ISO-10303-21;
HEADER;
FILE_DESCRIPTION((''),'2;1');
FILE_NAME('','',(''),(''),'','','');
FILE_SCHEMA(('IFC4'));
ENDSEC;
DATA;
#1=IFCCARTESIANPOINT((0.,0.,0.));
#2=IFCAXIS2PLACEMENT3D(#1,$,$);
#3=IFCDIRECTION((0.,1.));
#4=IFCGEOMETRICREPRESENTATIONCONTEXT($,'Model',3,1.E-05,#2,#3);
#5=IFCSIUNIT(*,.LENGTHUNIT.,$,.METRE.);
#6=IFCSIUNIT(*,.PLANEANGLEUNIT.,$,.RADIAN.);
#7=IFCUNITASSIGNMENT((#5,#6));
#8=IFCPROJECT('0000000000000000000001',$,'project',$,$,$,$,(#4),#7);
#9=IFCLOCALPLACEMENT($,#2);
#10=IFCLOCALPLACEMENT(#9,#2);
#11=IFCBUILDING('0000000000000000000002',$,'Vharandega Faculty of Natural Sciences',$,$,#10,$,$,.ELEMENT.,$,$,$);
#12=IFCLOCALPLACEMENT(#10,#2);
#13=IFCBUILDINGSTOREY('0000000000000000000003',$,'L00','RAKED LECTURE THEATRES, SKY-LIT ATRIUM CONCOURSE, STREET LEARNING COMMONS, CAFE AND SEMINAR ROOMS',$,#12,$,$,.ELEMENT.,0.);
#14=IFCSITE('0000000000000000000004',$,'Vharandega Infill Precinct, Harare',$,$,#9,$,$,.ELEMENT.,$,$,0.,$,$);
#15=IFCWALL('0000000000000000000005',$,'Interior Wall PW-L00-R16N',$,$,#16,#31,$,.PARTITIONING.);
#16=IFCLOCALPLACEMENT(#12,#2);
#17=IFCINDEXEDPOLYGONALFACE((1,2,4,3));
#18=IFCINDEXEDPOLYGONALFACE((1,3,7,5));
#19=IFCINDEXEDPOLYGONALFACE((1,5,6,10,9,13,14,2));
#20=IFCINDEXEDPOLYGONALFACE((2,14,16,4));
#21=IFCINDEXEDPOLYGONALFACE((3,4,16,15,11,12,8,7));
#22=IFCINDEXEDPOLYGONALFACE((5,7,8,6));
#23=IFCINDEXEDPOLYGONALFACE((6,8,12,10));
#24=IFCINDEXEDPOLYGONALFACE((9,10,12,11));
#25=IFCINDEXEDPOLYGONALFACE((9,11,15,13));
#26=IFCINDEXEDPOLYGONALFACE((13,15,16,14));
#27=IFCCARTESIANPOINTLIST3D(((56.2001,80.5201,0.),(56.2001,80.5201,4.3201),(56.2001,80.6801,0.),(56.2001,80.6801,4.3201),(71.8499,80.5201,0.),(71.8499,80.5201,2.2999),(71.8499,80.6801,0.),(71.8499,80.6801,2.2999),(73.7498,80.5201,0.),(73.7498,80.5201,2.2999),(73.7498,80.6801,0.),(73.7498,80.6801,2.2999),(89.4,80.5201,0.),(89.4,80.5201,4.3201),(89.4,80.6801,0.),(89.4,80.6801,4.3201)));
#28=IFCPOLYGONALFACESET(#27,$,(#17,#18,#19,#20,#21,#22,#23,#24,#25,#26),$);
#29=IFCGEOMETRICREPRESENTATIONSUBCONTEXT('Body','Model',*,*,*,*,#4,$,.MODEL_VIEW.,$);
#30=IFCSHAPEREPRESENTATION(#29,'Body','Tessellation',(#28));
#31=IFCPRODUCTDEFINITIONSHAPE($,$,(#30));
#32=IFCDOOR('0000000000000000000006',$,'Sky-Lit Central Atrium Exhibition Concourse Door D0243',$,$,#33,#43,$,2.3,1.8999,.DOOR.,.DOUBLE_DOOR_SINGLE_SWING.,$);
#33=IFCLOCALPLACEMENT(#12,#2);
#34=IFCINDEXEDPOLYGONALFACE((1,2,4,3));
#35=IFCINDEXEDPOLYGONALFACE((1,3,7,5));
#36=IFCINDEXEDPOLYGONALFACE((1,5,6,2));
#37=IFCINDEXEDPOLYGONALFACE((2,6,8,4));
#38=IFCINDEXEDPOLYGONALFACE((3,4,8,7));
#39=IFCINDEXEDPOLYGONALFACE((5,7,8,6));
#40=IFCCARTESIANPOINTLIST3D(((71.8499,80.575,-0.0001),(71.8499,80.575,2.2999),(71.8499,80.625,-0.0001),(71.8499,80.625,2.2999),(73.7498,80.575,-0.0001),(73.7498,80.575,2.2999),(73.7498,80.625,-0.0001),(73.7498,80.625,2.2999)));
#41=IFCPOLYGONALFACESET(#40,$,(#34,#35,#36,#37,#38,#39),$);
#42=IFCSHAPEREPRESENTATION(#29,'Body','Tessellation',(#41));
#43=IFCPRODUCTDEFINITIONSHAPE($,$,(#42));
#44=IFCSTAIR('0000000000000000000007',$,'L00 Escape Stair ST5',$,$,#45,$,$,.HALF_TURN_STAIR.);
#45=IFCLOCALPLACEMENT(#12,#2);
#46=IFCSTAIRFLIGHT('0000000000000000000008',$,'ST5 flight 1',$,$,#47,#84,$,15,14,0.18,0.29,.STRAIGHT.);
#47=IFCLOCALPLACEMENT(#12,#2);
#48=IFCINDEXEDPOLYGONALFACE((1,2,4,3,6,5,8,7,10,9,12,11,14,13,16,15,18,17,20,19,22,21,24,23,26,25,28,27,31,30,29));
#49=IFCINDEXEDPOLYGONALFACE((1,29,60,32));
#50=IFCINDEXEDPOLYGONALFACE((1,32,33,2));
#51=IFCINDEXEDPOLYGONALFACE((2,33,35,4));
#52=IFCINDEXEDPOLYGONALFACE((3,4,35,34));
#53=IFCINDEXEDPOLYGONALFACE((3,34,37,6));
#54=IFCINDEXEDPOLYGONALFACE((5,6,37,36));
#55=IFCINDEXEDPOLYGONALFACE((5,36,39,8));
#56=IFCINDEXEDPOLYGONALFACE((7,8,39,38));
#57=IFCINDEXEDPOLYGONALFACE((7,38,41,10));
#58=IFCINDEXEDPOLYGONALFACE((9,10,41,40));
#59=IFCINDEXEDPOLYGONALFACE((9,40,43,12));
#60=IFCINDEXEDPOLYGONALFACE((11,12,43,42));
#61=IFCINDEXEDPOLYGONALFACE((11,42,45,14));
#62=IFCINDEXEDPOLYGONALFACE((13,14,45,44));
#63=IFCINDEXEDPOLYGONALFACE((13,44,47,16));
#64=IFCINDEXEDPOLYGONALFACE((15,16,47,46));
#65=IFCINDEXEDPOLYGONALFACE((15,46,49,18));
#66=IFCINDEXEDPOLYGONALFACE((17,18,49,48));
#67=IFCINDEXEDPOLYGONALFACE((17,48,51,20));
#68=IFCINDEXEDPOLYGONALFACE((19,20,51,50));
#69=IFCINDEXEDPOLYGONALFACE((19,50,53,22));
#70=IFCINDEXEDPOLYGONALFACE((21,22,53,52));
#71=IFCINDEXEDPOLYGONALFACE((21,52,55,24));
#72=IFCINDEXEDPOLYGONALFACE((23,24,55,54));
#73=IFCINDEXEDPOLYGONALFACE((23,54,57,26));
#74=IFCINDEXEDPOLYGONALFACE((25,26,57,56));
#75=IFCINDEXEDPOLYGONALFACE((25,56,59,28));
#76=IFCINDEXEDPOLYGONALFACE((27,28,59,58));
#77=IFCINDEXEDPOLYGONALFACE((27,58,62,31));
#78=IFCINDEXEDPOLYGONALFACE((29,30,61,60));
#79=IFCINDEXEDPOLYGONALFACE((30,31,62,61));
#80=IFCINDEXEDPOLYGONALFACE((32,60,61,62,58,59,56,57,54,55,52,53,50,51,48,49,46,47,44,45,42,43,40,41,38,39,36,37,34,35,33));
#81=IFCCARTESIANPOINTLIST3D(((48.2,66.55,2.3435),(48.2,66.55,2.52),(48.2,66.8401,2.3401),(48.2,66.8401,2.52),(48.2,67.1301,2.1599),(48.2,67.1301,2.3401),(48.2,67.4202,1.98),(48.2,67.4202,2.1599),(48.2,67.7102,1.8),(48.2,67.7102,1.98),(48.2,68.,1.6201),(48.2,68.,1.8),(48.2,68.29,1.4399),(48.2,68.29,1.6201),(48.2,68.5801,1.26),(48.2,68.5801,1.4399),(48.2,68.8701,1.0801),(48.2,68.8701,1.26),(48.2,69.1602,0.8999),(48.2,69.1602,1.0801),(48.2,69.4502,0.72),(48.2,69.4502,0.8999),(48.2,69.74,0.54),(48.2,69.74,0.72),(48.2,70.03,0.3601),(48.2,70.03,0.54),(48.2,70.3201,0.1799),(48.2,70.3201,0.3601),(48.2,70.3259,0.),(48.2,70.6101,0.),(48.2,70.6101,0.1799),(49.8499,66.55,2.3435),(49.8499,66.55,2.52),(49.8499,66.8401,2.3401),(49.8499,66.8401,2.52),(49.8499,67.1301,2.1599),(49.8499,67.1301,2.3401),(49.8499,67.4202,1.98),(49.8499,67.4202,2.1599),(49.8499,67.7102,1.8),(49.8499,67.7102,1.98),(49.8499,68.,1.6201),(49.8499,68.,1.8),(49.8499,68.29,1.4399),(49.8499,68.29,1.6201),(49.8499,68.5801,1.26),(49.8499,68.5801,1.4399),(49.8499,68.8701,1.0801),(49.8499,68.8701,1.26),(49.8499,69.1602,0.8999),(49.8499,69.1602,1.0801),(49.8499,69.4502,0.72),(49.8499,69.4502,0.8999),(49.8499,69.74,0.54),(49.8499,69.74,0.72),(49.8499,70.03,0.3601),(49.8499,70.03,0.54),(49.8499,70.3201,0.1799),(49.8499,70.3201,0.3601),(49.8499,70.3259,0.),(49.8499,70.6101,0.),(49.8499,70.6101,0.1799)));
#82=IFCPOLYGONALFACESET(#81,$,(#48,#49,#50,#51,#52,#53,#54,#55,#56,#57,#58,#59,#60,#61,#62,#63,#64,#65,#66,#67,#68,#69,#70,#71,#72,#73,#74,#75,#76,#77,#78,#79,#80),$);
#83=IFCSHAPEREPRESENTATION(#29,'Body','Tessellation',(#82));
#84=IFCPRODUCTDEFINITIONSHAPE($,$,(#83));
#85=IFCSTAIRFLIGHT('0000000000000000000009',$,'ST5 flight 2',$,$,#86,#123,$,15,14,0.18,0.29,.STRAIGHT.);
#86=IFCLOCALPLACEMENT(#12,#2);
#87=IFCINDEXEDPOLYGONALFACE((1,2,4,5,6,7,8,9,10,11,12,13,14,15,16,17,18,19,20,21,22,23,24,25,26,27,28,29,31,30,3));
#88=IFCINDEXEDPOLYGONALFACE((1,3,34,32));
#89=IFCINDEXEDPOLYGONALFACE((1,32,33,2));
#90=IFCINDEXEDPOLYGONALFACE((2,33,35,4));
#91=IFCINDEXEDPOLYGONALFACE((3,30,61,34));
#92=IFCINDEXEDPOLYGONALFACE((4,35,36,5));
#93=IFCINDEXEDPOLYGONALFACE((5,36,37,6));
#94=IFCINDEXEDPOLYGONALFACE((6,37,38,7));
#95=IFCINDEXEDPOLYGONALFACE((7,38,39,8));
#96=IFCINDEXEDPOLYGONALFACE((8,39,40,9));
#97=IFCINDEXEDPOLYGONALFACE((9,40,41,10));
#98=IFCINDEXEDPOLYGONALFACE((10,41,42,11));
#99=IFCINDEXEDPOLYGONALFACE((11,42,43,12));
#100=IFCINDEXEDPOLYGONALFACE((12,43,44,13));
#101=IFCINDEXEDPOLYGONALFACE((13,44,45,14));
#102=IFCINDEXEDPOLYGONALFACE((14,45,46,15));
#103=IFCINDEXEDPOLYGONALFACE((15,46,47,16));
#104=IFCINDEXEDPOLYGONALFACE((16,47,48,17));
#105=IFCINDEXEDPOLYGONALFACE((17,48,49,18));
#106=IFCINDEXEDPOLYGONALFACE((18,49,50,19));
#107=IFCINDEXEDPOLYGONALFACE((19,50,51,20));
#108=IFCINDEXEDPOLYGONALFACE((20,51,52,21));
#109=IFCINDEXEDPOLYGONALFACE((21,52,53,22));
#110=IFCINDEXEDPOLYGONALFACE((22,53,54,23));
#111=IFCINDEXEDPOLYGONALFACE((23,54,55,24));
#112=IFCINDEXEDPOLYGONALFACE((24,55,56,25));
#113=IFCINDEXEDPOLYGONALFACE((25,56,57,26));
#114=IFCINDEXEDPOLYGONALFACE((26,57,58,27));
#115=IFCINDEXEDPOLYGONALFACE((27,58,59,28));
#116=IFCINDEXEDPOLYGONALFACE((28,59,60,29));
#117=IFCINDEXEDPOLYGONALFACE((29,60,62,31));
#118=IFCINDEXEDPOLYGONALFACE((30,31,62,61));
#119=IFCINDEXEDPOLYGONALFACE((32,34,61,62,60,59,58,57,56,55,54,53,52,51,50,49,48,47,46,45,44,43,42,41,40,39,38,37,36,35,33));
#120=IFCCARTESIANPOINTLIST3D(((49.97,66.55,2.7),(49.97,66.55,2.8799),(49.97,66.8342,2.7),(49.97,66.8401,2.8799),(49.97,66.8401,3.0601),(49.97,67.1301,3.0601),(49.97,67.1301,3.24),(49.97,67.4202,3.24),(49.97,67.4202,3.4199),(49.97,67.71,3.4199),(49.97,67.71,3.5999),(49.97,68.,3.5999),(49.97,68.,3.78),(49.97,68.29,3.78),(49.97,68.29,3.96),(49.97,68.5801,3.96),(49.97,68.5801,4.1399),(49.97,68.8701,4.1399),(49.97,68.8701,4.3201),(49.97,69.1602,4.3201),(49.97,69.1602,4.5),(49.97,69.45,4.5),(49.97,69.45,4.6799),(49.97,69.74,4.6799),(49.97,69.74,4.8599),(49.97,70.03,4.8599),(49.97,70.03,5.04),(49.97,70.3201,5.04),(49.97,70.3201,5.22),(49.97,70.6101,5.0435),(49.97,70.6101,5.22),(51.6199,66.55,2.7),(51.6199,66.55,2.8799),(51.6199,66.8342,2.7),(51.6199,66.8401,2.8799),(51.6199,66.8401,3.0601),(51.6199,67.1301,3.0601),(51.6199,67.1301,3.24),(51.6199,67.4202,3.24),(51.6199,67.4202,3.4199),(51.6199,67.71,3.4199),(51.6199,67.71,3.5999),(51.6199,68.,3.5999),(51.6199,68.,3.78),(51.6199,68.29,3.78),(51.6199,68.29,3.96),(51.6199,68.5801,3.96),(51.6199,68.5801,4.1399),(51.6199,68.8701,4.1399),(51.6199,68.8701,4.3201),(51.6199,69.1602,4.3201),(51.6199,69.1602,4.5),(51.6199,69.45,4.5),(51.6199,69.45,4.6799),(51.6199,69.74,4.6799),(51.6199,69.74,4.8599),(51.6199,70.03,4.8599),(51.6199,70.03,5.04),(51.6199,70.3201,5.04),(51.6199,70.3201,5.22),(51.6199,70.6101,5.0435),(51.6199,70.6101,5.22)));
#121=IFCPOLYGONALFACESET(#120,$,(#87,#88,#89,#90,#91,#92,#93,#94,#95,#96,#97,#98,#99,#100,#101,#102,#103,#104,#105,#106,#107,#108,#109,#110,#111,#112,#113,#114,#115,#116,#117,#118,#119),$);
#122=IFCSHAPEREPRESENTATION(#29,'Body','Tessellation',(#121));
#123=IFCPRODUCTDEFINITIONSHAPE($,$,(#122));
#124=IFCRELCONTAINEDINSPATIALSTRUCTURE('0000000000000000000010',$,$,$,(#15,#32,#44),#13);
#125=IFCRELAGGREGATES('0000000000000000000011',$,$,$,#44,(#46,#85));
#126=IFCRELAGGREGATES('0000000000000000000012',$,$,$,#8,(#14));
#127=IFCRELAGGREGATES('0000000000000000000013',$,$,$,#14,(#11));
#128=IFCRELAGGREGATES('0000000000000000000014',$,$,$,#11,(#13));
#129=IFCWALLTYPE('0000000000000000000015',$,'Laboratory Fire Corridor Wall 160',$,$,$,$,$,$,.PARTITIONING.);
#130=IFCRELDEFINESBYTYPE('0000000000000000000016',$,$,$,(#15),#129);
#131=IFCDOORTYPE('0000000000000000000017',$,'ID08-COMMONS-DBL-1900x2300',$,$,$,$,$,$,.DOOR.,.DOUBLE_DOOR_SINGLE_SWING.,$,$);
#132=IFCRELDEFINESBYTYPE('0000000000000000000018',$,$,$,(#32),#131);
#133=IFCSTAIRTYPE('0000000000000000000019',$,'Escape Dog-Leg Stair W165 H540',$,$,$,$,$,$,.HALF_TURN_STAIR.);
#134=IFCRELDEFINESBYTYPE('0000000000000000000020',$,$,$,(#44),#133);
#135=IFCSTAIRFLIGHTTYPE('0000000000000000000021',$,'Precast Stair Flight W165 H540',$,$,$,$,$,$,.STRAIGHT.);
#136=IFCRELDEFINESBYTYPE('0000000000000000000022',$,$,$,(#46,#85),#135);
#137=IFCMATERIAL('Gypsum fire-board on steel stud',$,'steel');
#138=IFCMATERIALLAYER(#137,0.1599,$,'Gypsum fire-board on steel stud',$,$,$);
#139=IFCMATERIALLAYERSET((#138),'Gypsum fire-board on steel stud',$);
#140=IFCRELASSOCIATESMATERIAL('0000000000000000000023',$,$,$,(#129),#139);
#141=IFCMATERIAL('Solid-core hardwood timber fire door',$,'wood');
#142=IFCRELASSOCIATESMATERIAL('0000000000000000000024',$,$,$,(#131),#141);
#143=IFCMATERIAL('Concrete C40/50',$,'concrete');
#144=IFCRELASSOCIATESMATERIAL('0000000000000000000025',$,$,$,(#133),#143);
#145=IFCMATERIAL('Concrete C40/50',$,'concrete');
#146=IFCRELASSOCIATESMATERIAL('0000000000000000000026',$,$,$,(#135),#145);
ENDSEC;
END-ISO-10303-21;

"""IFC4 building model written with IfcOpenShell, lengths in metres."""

from ifc_helpers import new_model, si_unit, direction, frame, frame_2d, origin, place, context, subcontext, project, spatial, polyline, rectangle, outline, extrude, material, layer, layer_set, type_object, element, fill, aggregate, save


model = new_model("IFC4")

# Units and contexts
model_context = context("Model", 3, precision=1e-05, world=origin(), true_north=direction((0.0, 1.0)))
body_context = subcontext(model_context, "Body", "Model", "MODEL_VIEW")
ifc_project = project(units=[si_unit("LENGTHUNIT", "METRE"), si_unit("PLANEANGLEUNIT", "RADIAN")], contexts=[model_context])

# Site, building, storey
site_placement = place(None, origin())
site = spatial("IfcSite", under=ifc_project, at=site_placement, Name="Vharandega Infill Precinct, Harare", CompositionType="ELEMENT", RefElevation=0.0)
building_placement = place(site_placement, origin())
building = spatial("IfcBuilding", under=site, at=building_placement, Name="Vharandega Faculty of Natural Sciences", CompositionType="ELEMENT")
storey_placement = place(building_placement, origin())
storey = spatial("IfcBuildingStorey", under=building, at=storey_placement, Name="L00", Description="RAKED LECTURE THEATRES, SKY-LIT ATRIUM CONCOURSE, STREET LEARNING COMMONS, CAFE AND SEMINAR ROOMS", CompositionType="ELEMENT", Elevation=0.0)

# Wall, opening, door
ifc_material_1 = material(Name="Gypsum fire-board on steel stud", Category="steel")
ifc_layer_1 = layer(ifc_material_1, 0.1599, Name="Gypsum fire-board on steel stud")
ifc_layer_set_1 = layer_set([ifc_layer_1], Name="Gypsum fire-board on steel stud")
wall_type_1 = type_object("IfcWallType", Name="Laboratory Fire Corridor Wall 160", PredefinedType="PARTITIONING", material=ifc_layer_set_1)
wall_1_placement = place(storey_placement, frame((56.2, 80.6001, 0.0), z_axis=(0.0, 0.0, 1.0), x_axis=(1.0, 0.0, 0.0)))
wall_1 = element("IfcWall", 1, at=wall_1_placement, inside=storey, type_object=wall_type_1, Name="Interior Wall PW-L00-R16N", PredefinedType="PARTITIONING", context=body_context, shape_type="SweptSolid", body=[
    extrude(rectangle(XDim=33.2, YDim=0.1599, at=frame_2d((16.6001, 0.0))), origin(), (0.0, 0.0, 1.0), 4.3201),
])
opening_1_placement = place(wall_1_placement, frame((15.6499, 0.0, 0.0)))
opening_1 = element("IfcOpeningElement", 2, at=opening_1_placement, cuts=wall_1, PredefinedType="OPENING", context=body_context, shape_type="SweptSolid", body=[
    extrude(rectangle(XDim=1.8999, YDim=2.3, at=frame_2d((0.95, 1.1499))), frame((0.0, 0.0898, 0.0), z_axis=(0.0, -1.0, 0.0), x_axis=(1.0, 0.0, 0.0)), (0.0, 0.0, 1.0), 0.1799),
])
ifc_material_2 = material(Name="Solid-core hardwood timber fire door", Category="wood")
door_type_1 = type_object("IfcDoorType", Name="ID08-COMMONS-DBL-1900x2300", OperationType="DOUBLE_DOOR_SINGLE_SWING", PredefinedType="DOOR", material=ifc_material_2)
door_1_placement = place(opening_1_placement, origin())
door_1 = element("IfcDoor", 3, at=door_1_placement, inside=storey, type_object=door_type_1, Name="Sky-Lit Central Atrium Exhibition Concourse Door D0243", OperationType="DOUBLE_DOOR_SINGLE_SWING", OverallHeight=2.3, OverallWidth=1.8999, PredefinedType="DOOR", context=body_context, shape_type="SweptSolid", body=[
    extrude(rectangle(XDim=1.8999, YDim=2.3, at=frame_2d((0.95, 1.1499))), frame((0.0, 0.0249, 0.0), z_axis=(0.0, -1.0, 0.0), x_axis=(1.0, 0.0, 0.0)), (0.0, 0.0, 1.0), 0.05),
])
fill(opening_1, door_1)

# Stair, stair flights
ifc_material_3 = material(Name="Concrete C40/50", Category="concrete")
stair_type = type_object("IfcStairType", Name="Escape Dog-Leg Stair W165 H540", PredefinedType="HALF_TURN_STAIR", material=ifc_material_3)
stair_placement = place(storey_placement, origin())
stair = element("IfcStair", 4, at=stair_placement, inside=storey, type_object=stair_type, Name="L00 Escape Stair ST5", PredefinedType="HALF_TURN_STAIR")
ifc_material_4 = material(Name="Concrete C40/50", Category="concrete")
stair_flight_type = type_object("IfcStairFlightType", Name="Precast Stair Flight W165 H540", PredefinedType="STRAIGHT", material=ifc_material_4)
stair_flight_1_placement = place(storey_placement, frame((49.0249, 70.6101, 0.0), z_axis=(0.0, 0.0, 1.0), x_axis=(0.0, -1.0, 0.0)))
stair_flight_1 = element("IfcStairFlight", 5, at=stair_flight_1_placement, type_object=stair_flight_type, Name="ST5 flight 1", NumberOfRisers=15, NumberOfTreads=14, PredefinedType="STRAIGHT", RiserHeight=0.18, TreadLength=0.29, context=body_context, shape_type="SweptSolid", body=[
    extrude(outline(polyline([(0.0, 0.0), (0.0, 0.1799), (0.29, 0.1799), (0.29, 0.3601), (0.5801, 0.3601), (0.5801, 0.54), (0.8701, 0.54), (0.8701, 0.72), (1.1599, 0.72), (1.1599, 0.8999), (1.45, 0.8999), (1.45, 1.0801), (1.74, 1.0801), (1.74, 1.26), (2.03, 1.26), (2.03, 1.4399), (2.3201, 1.4399), (2.3201, 1.6201), (2.6101, 1.6201), (2.6101, 1.8), (2.8999, 1.8), (2.8999, 1.98), (3.1899, 1.98), (3.1899, 2.1599), (3.48, 2.1599), (3.48, 2.3401), (3.77, 2.3401), (3.77, 2.52), (4.0601, 2.52), (4.0601, 2.7), (4.0601, 2.3435), (0.2842, 0.0), (0.0, 0.0)])), frame((0.0, 0.825, 0.0), z_axis=(0.0, -1.0, 0.0), x_axis=(1.0, 0.0, 0.0)), (0.0, 0.0, 1.0), 1.6499),
])
stair_flight_2_placement = place(storey_placement, frame((50.7949, 66.55, 2.7), z_axis=(0.0, 0.0, 1.0), x_axis=(0.0, 1.0, 0.0)))
stair_flight_2 = element("IfcStairFlight", 6, at=stair_flight_2_placement, type_object=stair_flight_type, Name="ST5 flight 2", NumberOfRisers=15, NumberOfTreads=14, PredefinedType="STRAIGHT", RiserHeight=0.18, TreadLength=0.29, context=body_context, shape_type="SweptSolid", body=[
    extrude(outline(polyline([(0.0, 0.0), (0.0, 0.1799), (0.29, 0.1799), (0.29, 0.3601), (0.5801, 0.3601), (0.5801, 0.54), (0.8701, 0.54), (0.8701, 0.72), (1.1599, 0.72), (1.1599, 0.8999), (1.45, 0.8999), (1.45, 1.0801), (1.74, 1.0801), (1.74, 1.26), (2.03, 1.26), (2.03, 1.4399), (2.3201, 1.4399), (2.3201, 1.6201), (2.6101, 1.6201), (2.6101, 1.8), (2.8999, 1.8), (2.8999, 1.98), (3.1899, 1.98), (3.1899, 2.1599), (3.48, 2.1599), (3.48, 2.3401), (3.77, 2.3401), (3.77, 2.52), (4.0601, 2.52), (4.0601, 2.7), (4.0601, 2.3435), (0.2842, 0.0), (0.0, 0.0)])), frame((0.0, 0.825, 0.0), z_axis=(0.0, -1.0, 0.0), x_axis=(1.0, 0.0, 0.0)), (0.0, 0.0, 1.0), 1.6499),
])
aggregate(stair, [stair_flight_1, stair_flight_2])

save(model, "model.ifc")
